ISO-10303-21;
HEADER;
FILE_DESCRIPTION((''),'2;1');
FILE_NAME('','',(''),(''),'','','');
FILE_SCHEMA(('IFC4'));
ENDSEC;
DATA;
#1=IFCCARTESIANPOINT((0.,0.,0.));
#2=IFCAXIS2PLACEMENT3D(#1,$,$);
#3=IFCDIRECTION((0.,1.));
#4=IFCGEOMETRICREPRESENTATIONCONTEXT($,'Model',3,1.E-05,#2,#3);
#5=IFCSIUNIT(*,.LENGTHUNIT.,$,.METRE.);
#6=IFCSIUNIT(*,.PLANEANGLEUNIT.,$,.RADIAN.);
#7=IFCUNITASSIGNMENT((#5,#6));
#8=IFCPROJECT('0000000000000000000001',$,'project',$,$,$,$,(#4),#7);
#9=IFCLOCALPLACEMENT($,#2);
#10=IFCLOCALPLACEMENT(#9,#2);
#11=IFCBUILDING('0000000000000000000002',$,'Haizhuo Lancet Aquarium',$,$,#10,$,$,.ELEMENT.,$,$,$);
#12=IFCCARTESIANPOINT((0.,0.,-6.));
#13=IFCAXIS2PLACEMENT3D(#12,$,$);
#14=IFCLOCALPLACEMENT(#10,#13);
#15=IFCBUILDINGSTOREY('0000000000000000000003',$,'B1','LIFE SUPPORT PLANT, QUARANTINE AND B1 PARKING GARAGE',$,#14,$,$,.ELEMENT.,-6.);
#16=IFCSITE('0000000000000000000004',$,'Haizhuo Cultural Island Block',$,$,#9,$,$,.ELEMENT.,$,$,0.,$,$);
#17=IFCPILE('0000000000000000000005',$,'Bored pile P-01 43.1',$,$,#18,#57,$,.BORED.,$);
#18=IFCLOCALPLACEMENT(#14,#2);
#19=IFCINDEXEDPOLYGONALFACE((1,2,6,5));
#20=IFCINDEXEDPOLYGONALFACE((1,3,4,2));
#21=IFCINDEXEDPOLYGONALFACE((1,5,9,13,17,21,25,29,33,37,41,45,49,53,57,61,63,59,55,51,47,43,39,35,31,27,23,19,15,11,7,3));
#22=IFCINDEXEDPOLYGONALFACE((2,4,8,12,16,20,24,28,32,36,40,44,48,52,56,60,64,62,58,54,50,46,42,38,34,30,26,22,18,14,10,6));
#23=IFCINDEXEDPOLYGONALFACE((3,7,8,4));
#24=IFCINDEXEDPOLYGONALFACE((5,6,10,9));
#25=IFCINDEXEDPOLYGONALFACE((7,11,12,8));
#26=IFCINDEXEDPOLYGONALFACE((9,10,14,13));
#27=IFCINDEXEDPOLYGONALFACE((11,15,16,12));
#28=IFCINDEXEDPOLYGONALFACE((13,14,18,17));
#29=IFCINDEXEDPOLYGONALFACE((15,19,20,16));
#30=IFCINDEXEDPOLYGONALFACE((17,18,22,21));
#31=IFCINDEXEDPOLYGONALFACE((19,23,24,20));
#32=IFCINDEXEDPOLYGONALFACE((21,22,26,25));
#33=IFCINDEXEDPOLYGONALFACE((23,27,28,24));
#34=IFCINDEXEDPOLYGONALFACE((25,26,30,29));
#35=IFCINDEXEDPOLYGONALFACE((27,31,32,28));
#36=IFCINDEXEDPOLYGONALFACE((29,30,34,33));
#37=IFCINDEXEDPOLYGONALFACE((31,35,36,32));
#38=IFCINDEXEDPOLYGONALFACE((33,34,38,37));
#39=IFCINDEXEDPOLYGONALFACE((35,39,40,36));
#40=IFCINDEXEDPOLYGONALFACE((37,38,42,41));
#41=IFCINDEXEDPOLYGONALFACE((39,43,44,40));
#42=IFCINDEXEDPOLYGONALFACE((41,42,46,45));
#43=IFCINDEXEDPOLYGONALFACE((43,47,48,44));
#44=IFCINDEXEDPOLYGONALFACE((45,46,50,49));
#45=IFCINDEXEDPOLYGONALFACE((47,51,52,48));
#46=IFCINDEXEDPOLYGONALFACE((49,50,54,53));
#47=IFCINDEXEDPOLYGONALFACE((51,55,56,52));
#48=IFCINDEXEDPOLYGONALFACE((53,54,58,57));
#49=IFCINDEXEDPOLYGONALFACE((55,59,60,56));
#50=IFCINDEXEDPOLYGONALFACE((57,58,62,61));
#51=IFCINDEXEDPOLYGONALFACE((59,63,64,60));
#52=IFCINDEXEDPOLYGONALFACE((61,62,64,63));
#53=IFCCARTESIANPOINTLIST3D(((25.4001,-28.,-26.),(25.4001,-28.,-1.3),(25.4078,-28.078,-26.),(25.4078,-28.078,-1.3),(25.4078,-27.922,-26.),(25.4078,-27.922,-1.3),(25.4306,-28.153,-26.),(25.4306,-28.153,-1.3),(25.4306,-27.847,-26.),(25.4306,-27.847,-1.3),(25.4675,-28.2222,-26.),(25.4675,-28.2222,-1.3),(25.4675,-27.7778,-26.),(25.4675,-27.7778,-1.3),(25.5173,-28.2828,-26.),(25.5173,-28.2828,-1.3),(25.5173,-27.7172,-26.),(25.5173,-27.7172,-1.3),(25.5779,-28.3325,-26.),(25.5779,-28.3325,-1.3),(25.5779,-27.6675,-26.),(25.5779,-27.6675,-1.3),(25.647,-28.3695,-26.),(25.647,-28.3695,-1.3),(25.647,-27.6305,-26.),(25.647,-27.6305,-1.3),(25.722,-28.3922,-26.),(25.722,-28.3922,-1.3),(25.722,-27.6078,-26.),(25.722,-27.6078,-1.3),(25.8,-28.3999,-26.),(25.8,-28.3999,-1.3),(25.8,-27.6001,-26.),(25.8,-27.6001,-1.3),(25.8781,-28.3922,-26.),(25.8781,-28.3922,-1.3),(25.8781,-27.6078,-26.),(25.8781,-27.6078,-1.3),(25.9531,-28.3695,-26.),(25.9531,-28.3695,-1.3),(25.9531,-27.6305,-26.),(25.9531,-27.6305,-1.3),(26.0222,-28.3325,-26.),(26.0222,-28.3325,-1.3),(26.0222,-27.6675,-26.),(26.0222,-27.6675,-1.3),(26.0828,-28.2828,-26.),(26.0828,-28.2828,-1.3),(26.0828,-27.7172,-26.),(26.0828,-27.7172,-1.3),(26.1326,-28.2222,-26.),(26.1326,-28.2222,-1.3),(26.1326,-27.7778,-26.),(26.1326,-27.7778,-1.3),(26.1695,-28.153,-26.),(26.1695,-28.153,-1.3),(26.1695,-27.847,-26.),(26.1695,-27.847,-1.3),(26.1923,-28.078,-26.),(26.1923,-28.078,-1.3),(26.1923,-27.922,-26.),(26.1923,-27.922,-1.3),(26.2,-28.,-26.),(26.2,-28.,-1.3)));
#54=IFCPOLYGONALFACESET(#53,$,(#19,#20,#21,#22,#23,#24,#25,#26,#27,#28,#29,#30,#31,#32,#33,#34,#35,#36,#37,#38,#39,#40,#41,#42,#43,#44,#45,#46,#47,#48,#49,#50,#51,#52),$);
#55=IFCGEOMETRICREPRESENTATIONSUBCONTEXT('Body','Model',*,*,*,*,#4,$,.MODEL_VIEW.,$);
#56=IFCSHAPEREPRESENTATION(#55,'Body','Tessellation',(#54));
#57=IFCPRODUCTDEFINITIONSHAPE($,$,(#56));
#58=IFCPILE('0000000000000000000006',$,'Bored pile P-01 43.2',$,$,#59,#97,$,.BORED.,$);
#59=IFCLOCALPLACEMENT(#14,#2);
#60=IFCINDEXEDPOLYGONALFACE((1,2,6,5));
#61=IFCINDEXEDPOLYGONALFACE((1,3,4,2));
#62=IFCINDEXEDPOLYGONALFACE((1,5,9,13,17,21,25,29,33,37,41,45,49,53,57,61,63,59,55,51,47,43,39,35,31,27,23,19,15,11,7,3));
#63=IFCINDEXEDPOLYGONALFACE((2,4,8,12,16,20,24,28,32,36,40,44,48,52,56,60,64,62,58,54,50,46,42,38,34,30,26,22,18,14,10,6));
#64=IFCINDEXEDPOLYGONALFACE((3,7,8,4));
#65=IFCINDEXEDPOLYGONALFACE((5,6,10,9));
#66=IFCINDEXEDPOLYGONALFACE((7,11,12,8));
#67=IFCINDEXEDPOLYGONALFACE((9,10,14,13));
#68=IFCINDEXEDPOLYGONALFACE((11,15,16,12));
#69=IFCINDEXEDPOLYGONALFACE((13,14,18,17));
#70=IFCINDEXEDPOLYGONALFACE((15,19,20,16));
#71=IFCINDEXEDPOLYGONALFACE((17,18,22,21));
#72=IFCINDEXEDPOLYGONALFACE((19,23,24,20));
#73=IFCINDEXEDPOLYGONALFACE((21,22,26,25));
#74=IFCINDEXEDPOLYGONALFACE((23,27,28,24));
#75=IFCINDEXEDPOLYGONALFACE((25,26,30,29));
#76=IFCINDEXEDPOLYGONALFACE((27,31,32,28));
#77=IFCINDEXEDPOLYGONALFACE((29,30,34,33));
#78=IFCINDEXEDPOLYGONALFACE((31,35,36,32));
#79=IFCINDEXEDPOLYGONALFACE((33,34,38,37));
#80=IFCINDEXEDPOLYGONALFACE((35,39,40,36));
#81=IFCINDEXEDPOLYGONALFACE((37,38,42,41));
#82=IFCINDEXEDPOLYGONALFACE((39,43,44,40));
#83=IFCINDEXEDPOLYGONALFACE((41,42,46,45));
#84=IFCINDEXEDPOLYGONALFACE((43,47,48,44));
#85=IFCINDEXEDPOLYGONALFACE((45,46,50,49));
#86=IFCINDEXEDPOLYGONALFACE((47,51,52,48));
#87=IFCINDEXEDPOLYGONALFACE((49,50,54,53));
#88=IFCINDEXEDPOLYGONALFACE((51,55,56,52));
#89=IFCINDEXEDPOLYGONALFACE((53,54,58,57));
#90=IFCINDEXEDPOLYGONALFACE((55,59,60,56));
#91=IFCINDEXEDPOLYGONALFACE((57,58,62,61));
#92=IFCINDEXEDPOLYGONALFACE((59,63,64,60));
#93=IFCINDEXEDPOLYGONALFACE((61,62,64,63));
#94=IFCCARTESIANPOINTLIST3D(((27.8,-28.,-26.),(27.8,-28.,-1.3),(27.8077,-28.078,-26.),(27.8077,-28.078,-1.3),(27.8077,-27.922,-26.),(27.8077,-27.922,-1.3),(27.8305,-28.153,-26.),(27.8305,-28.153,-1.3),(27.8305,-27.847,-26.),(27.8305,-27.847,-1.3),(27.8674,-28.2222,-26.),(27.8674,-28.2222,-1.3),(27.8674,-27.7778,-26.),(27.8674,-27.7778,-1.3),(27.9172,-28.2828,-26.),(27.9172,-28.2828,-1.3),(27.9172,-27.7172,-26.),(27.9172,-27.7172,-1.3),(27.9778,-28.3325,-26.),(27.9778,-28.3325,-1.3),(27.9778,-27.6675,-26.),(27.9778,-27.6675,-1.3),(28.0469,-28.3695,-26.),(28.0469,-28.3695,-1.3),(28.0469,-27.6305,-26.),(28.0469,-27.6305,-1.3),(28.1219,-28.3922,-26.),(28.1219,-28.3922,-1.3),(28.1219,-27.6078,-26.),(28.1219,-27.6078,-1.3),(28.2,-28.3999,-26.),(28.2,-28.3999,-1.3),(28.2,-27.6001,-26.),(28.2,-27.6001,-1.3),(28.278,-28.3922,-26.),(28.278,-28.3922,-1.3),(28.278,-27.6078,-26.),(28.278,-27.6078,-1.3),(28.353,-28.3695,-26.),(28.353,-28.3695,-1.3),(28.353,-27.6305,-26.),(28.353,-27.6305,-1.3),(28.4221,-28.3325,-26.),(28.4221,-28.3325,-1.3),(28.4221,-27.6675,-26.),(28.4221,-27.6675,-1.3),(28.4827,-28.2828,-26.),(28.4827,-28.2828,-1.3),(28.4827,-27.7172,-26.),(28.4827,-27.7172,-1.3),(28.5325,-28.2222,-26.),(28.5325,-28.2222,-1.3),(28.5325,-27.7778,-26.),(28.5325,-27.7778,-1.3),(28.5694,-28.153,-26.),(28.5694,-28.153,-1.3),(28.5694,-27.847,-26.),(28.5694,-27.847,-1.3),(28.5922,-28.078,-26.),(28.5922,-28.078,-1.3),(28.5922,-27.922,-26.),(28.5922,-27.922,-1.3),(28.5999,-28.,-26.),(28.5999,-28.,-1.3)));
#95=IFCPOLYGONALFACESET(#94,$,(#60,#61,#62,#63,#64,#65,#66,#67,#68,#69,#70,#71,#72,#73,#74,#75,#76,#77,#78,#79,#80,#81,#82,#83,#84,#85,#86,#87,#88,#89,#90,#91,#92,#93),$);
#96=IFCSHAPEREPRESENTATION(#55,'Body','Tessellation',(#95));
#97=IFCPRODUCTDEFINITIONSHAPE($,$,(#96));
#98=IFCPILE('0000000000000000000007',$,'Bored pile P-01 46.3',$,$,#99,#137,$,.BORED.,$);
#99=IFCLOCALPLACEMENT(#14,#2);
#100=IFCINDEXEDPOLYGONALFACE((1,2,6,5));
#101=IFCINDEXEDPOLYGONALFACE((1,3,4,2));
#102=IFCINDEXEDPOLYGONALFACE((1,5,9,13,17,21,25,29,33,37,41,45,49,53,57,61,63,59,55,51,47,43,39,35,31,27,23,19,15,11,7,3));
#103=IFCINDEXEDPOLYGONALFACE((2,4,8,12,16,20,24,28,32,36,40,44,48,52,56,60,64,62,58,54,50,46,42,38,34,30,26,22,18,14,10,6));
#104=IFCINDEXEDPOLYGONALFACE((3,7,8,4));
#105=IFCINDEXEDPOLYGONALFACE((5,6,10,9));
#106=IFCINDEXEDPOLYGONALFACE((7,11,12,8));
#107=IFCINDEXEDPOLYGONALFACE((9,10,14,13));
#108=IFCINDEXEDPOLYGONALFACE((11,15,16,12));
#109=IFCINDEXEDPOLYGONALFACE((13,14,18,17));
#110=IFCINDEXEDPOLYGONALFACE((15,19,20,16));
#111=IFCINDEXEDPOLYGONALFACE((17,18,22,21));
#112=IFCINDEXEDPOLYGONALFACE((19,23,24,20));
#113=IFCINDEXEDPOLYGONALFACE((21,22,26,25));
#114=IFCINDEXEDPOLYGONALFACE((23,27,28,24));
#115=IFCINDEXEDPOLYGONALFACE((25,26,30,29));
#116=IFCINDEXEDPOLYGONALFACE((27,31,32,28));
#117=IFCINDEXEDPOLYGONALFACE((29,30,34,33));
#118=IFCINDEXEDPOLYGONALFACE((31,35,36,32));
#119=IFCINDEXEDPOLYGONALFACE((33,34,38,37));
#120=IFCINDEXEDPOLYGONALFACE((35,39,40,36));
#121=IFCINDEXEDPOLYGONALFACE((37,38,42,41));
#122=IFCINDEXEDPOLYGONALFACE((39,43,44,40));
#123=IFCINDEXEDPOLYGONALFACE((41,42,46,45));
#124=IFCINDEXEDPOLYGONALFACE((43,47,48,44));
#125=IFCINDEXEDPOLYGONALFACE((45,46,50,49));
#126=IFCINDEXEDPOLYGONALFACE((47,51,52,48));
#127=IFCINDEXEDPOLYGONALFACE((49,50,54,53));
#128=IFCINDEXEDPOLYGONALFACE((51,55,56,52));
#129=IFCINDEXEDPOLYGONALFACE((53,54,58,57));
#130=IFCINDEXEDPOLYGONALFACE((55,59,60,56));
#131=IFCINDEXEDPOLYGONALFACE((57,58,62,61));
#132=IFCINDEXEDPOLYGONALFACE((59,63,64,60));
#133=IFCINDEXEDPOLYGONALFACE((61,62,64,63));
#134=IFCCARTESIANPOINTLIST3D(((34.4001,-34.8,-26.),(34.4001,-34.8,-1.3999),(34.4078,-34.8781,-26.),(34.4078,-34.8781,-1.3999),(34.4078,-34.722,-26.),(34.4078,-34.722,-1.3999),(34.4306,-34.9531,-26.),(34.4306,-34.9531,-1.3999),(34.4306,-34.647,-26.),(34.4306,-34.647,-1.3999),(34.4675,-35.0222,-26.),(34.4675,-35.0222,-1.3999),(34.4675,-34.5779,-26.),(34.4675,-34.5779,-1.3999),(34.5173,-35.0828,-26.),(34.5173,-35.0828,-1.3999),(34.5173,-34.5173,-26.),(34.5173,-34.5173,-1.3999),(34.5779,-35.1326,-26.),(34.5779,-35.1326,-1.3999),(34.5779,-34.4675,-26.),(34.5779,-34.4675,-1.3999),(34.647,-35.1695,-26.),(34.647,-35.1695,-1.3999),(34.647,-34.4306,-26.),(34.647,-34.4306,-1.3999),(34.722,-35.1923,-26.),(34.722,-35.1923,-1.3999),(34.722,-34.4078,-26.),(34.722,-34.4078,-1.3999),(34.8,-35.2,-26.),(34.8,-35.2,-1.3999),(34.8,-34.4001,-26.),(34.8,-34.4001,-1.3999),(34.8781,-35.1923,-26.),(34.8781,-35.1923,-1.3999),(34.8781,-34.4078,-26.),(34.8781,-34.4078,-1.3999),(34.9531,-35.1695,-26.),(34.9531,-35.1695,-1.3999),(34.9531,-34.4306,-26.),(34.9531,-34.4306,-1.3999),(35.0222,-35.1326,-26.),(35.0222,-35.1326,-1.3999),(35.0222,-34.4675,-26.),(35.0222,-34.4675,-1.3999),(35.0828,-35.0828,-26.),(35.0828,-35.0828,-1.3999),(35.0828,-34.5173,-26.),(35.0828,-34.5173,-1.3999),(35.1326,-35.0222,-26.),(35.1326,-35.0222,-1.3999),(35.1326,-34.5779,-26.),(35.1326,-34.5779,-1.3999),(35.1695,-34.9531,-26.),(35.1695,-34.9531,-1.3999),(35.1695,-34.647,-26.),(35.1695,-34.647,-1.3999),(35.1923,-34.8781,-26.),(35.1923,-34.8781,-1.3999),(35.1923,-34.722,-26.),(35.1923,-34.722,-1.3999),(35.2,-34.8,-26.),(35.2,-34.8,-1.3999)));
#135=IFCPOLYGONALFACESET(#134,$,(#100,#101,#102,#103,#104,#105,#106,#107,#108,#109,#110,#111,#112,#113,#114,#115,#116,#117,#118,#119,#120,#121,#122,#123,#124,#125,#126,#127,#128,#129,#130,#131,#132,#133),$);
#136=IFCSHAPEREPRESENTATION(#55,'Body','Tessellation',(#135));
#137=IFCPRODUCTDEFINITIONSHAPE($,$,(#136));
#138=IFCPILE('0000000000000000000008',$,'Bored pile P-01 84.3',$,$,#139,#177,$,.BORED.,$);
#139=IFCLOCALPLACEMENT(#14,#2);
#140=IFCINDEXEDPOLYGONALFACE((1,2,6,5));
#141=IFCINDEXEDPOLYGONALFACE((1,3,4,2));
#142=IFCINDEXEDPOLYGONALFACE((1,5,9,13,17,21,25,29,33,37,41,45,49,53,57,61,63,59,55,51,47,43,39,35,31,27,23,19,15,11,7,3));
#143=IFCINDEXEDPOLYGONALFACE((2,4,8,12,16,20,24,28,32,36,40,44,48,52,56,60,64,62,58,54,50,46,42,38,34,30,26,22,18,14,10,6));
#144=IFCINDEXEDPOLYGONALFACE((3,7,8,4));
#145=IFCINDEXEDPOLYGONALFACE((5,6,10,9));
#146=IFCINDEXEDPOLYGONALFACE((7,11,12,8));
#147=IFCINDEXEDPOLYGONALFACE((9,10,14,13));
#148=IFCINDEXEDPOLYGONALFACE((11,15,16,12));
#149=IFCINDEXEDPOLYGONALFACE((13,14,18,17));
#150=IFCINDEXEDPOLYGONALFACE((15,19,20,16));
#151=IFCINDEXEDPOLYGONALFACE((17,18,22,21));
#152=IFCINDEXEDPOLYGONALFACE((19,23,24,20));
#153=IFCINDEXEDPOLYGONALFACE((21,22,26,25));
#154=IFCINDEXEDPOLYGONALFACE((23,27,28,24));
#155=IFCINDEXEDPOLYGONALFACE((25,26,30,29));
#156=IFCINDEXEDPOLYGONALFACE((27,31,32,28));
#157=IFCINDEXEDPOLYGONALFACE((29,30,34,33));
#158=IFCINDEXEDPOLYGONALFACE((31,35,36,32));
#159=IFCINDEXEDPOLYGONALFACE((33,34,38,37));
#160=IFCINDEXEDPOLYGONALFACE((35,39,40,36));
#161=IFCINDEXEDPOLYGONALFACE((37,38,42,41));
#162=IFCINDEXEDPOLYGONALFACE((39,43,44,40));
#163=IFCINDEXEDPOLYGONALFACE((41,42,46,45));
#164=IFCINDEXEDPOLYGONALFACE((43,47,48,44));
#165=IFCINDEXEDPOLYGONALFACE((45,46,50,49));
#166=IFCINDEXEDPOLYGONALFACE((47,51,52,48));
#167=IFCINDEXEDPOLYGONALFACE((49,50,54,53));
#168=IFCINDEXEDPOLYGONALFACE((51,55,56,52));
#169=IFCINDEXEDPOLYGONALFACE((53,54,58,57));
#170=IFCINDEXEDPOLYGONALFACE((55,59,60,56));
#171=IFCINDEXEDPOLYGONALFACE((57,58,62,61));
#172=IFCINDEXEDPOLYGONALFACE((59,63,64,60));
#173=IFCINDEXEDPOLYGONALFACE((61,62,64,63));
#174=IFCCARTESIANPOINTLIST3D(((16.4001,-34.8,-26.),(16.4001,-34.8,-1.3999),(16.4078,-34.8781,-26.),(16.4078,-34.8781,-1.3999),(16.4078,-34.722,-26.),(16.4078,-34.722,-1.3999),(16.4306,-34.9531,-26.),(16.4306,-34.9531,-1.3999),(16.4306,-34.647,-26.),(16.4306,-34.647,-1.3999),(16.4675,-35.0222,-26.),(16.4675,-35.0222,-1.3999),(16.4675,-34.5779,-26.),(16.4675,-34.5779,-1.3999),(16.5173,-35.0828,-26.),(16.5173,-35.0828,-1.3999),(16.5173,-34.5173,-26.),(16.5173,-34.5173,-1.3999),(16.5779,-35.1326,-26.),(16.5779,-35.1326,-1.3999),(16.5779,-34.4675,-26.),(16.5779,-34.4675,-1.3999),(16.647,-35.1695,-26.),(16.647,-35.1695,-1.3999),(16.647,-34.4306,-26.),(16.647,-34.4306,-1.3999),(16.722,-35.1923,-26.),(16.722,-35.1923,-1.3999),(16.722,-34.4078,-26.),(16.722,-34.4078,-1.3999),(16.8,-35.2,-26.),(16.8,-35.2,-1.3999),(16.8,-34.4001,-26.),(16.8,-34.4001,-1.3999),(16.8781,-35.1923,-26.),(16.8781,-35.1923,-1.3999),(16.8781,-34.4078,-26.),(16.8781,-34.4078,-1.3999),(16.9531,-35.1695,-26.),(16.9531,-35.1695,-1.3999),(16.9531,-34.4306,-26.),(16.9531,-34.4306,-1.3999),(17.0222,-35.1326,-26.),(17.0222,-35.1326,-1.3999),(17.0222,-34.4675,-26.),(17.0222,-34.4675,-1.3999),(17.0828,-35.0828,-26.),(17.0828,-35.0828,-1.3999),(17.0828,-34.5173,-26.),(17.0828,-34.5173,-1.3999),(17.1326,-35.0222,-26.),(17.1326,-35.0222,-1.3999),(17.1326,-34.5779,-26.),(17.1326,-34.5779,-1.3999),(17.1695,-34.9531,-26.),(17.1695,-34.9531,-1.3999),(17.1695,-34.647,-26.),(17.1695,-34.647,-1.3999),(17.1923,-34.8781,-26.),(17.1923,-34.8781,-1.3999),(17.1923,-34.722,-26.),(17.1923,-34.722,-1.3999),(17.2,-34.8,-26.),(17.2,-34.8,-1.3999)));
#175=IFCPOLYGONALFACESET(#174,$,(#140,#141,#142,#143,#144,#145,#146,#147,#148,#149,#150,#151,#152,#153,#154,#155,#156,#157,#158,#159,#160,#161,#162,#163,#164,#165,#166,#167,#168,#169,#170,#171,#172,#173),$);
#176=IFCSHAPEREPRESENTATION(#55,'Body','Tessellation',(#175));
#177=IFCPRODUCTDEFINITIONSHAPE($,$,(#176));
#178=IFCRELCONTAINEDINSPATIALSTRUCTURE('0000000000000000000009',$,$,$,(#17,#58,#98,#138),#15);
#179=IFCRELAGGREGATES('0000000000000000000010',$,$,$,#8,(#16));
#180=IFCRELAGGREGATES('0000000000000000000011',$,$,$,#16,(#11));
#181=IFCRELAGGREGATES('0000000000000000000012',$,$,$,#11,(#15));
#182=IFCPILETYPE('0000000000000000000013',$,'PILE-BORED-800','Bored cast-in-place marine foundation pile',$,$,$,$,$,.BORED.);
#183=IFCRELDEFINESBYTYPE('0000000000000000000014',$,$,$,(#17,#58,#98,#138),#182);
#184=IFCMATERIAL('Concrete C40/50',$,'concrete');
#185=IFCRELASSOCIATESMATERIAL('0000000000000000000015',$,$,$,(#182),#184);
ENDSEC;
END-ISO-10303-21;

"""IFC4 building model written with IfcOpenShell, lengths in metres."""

from ifc_helpers import new_model, si_unit, direction, frame, origin, origin_2d, place, context, subcontext, project, spatial, circle, extrude, material, material_profile, profile_set, type_object, element, save


model = new_model("IFC4")

# Units and contexts
model_context = context("Model", 3, precision=1e-05, world=origin(), true_north=direction((0.0, 1.0)))
body_context = subcontext(model_context, "Body", "Model", "MODEL_VIEW")
ifc_project = project(units=[si_unit("LENGTHUNIT", "METRE"), si_unit("PLANEANGLEUNIT", "RADIAN")], contexts=[model_context])

# Site, building, storey
site_placement = place(None, origin())
site = spatial("IfcSite", under=ifc_project, at=site_placement, Name="Haizhuo Cultural Island Block", CompositionType="ELEMENT", RefElevation=0.0)
building_placement = place(site_placement, origin())
building = spatial("IfcBuilding", under=site, at=building_placement, Name="Haizhuo Lancet Aquarium", CompositionType="ELEMENT")
storey_placement = place(building_placement, frame((0.0, 0.0, -6.0)))
storey = spatial("IfcBuildingStorey", under=building, at=storey_placement, Name="B1", Description="LIFE SUPPORT PLANT, QUARANTINE AND B1 PARKING GARAGE", CompositionType="ELEMENT", Elevation=-6.0)

# Shared definitions
ifc_material_1 = material(Name="Concrete C40/50", Category="concrete")

# Piles
ifc_material_profile_1 = material_profile(ifc_material_1, circle(Radius=0.3999, at=origin_2d()), Name="PILE-800")
ifc_profile_set_1 = profile_set([ifc_material_profile_1], Name="Concrete C40/50")
pile_type = type_object("IfcPileType", Name="PILE-BORED-800", Description="Bored cast-in-place marine foundation pile", PredefinedType="BORED", material=ifc_profile_set_1)
for number, where, z_axis, x_axis, name in (
    (1, (25.8, -28.0, -1.3), (0.0, 0.0, -1.0), (1.0, 0.0, 0.0), "Bored pile P-01 43.1"),
    (2, (28.2, -28.0, -1.3), (0.0, 0.0, -1.0), (1.0, 0.0, 0.0), "Bored pile P-01 43.2"),
):
    element("IfcPile", number, at=place(storey_placement, frame(where, z_axis=z_axis, x_axis=x_axis)), inside=storey, type_object=pile_type, Name=name, PredefinedType="BORED", context=body_context, shape_type="SweptSolid", body=[
        extrude(circle(Radius=0.3999, at=origin_2d()), origin(), (0.0, 0.0, 1.0), 24.7),
    ])
for number, where, z_axis, x_axis, name in (
    (3, (34.8, -34.8, -1.3999), (0.0, 0.0, -1.0), (1.0, 0.0, 0.0), "Bored pile P-01 46.3"),
    (4, (16.8, -34.8, -1.3999), (0.0, 0.0, -1.0), (1.0, 0.0, 0.0), "Bored pile P-01 84.3"),
):
    element("IfcPile", number, at=place(storey_placement, frame(where, z_axis=z_axis, x_axis=x_axis)), inside=storey, type_object=pile_type, Name=name, PredefinedType="BORED", context=body_context, shape_type="SweptSolid", body=[
        extrude(circle(Radius=0.3999, at=origin_2d()), origin(), (0.0, 0.0, 1.0), 24.6001),
    ])

save(model, "model.ifc")
